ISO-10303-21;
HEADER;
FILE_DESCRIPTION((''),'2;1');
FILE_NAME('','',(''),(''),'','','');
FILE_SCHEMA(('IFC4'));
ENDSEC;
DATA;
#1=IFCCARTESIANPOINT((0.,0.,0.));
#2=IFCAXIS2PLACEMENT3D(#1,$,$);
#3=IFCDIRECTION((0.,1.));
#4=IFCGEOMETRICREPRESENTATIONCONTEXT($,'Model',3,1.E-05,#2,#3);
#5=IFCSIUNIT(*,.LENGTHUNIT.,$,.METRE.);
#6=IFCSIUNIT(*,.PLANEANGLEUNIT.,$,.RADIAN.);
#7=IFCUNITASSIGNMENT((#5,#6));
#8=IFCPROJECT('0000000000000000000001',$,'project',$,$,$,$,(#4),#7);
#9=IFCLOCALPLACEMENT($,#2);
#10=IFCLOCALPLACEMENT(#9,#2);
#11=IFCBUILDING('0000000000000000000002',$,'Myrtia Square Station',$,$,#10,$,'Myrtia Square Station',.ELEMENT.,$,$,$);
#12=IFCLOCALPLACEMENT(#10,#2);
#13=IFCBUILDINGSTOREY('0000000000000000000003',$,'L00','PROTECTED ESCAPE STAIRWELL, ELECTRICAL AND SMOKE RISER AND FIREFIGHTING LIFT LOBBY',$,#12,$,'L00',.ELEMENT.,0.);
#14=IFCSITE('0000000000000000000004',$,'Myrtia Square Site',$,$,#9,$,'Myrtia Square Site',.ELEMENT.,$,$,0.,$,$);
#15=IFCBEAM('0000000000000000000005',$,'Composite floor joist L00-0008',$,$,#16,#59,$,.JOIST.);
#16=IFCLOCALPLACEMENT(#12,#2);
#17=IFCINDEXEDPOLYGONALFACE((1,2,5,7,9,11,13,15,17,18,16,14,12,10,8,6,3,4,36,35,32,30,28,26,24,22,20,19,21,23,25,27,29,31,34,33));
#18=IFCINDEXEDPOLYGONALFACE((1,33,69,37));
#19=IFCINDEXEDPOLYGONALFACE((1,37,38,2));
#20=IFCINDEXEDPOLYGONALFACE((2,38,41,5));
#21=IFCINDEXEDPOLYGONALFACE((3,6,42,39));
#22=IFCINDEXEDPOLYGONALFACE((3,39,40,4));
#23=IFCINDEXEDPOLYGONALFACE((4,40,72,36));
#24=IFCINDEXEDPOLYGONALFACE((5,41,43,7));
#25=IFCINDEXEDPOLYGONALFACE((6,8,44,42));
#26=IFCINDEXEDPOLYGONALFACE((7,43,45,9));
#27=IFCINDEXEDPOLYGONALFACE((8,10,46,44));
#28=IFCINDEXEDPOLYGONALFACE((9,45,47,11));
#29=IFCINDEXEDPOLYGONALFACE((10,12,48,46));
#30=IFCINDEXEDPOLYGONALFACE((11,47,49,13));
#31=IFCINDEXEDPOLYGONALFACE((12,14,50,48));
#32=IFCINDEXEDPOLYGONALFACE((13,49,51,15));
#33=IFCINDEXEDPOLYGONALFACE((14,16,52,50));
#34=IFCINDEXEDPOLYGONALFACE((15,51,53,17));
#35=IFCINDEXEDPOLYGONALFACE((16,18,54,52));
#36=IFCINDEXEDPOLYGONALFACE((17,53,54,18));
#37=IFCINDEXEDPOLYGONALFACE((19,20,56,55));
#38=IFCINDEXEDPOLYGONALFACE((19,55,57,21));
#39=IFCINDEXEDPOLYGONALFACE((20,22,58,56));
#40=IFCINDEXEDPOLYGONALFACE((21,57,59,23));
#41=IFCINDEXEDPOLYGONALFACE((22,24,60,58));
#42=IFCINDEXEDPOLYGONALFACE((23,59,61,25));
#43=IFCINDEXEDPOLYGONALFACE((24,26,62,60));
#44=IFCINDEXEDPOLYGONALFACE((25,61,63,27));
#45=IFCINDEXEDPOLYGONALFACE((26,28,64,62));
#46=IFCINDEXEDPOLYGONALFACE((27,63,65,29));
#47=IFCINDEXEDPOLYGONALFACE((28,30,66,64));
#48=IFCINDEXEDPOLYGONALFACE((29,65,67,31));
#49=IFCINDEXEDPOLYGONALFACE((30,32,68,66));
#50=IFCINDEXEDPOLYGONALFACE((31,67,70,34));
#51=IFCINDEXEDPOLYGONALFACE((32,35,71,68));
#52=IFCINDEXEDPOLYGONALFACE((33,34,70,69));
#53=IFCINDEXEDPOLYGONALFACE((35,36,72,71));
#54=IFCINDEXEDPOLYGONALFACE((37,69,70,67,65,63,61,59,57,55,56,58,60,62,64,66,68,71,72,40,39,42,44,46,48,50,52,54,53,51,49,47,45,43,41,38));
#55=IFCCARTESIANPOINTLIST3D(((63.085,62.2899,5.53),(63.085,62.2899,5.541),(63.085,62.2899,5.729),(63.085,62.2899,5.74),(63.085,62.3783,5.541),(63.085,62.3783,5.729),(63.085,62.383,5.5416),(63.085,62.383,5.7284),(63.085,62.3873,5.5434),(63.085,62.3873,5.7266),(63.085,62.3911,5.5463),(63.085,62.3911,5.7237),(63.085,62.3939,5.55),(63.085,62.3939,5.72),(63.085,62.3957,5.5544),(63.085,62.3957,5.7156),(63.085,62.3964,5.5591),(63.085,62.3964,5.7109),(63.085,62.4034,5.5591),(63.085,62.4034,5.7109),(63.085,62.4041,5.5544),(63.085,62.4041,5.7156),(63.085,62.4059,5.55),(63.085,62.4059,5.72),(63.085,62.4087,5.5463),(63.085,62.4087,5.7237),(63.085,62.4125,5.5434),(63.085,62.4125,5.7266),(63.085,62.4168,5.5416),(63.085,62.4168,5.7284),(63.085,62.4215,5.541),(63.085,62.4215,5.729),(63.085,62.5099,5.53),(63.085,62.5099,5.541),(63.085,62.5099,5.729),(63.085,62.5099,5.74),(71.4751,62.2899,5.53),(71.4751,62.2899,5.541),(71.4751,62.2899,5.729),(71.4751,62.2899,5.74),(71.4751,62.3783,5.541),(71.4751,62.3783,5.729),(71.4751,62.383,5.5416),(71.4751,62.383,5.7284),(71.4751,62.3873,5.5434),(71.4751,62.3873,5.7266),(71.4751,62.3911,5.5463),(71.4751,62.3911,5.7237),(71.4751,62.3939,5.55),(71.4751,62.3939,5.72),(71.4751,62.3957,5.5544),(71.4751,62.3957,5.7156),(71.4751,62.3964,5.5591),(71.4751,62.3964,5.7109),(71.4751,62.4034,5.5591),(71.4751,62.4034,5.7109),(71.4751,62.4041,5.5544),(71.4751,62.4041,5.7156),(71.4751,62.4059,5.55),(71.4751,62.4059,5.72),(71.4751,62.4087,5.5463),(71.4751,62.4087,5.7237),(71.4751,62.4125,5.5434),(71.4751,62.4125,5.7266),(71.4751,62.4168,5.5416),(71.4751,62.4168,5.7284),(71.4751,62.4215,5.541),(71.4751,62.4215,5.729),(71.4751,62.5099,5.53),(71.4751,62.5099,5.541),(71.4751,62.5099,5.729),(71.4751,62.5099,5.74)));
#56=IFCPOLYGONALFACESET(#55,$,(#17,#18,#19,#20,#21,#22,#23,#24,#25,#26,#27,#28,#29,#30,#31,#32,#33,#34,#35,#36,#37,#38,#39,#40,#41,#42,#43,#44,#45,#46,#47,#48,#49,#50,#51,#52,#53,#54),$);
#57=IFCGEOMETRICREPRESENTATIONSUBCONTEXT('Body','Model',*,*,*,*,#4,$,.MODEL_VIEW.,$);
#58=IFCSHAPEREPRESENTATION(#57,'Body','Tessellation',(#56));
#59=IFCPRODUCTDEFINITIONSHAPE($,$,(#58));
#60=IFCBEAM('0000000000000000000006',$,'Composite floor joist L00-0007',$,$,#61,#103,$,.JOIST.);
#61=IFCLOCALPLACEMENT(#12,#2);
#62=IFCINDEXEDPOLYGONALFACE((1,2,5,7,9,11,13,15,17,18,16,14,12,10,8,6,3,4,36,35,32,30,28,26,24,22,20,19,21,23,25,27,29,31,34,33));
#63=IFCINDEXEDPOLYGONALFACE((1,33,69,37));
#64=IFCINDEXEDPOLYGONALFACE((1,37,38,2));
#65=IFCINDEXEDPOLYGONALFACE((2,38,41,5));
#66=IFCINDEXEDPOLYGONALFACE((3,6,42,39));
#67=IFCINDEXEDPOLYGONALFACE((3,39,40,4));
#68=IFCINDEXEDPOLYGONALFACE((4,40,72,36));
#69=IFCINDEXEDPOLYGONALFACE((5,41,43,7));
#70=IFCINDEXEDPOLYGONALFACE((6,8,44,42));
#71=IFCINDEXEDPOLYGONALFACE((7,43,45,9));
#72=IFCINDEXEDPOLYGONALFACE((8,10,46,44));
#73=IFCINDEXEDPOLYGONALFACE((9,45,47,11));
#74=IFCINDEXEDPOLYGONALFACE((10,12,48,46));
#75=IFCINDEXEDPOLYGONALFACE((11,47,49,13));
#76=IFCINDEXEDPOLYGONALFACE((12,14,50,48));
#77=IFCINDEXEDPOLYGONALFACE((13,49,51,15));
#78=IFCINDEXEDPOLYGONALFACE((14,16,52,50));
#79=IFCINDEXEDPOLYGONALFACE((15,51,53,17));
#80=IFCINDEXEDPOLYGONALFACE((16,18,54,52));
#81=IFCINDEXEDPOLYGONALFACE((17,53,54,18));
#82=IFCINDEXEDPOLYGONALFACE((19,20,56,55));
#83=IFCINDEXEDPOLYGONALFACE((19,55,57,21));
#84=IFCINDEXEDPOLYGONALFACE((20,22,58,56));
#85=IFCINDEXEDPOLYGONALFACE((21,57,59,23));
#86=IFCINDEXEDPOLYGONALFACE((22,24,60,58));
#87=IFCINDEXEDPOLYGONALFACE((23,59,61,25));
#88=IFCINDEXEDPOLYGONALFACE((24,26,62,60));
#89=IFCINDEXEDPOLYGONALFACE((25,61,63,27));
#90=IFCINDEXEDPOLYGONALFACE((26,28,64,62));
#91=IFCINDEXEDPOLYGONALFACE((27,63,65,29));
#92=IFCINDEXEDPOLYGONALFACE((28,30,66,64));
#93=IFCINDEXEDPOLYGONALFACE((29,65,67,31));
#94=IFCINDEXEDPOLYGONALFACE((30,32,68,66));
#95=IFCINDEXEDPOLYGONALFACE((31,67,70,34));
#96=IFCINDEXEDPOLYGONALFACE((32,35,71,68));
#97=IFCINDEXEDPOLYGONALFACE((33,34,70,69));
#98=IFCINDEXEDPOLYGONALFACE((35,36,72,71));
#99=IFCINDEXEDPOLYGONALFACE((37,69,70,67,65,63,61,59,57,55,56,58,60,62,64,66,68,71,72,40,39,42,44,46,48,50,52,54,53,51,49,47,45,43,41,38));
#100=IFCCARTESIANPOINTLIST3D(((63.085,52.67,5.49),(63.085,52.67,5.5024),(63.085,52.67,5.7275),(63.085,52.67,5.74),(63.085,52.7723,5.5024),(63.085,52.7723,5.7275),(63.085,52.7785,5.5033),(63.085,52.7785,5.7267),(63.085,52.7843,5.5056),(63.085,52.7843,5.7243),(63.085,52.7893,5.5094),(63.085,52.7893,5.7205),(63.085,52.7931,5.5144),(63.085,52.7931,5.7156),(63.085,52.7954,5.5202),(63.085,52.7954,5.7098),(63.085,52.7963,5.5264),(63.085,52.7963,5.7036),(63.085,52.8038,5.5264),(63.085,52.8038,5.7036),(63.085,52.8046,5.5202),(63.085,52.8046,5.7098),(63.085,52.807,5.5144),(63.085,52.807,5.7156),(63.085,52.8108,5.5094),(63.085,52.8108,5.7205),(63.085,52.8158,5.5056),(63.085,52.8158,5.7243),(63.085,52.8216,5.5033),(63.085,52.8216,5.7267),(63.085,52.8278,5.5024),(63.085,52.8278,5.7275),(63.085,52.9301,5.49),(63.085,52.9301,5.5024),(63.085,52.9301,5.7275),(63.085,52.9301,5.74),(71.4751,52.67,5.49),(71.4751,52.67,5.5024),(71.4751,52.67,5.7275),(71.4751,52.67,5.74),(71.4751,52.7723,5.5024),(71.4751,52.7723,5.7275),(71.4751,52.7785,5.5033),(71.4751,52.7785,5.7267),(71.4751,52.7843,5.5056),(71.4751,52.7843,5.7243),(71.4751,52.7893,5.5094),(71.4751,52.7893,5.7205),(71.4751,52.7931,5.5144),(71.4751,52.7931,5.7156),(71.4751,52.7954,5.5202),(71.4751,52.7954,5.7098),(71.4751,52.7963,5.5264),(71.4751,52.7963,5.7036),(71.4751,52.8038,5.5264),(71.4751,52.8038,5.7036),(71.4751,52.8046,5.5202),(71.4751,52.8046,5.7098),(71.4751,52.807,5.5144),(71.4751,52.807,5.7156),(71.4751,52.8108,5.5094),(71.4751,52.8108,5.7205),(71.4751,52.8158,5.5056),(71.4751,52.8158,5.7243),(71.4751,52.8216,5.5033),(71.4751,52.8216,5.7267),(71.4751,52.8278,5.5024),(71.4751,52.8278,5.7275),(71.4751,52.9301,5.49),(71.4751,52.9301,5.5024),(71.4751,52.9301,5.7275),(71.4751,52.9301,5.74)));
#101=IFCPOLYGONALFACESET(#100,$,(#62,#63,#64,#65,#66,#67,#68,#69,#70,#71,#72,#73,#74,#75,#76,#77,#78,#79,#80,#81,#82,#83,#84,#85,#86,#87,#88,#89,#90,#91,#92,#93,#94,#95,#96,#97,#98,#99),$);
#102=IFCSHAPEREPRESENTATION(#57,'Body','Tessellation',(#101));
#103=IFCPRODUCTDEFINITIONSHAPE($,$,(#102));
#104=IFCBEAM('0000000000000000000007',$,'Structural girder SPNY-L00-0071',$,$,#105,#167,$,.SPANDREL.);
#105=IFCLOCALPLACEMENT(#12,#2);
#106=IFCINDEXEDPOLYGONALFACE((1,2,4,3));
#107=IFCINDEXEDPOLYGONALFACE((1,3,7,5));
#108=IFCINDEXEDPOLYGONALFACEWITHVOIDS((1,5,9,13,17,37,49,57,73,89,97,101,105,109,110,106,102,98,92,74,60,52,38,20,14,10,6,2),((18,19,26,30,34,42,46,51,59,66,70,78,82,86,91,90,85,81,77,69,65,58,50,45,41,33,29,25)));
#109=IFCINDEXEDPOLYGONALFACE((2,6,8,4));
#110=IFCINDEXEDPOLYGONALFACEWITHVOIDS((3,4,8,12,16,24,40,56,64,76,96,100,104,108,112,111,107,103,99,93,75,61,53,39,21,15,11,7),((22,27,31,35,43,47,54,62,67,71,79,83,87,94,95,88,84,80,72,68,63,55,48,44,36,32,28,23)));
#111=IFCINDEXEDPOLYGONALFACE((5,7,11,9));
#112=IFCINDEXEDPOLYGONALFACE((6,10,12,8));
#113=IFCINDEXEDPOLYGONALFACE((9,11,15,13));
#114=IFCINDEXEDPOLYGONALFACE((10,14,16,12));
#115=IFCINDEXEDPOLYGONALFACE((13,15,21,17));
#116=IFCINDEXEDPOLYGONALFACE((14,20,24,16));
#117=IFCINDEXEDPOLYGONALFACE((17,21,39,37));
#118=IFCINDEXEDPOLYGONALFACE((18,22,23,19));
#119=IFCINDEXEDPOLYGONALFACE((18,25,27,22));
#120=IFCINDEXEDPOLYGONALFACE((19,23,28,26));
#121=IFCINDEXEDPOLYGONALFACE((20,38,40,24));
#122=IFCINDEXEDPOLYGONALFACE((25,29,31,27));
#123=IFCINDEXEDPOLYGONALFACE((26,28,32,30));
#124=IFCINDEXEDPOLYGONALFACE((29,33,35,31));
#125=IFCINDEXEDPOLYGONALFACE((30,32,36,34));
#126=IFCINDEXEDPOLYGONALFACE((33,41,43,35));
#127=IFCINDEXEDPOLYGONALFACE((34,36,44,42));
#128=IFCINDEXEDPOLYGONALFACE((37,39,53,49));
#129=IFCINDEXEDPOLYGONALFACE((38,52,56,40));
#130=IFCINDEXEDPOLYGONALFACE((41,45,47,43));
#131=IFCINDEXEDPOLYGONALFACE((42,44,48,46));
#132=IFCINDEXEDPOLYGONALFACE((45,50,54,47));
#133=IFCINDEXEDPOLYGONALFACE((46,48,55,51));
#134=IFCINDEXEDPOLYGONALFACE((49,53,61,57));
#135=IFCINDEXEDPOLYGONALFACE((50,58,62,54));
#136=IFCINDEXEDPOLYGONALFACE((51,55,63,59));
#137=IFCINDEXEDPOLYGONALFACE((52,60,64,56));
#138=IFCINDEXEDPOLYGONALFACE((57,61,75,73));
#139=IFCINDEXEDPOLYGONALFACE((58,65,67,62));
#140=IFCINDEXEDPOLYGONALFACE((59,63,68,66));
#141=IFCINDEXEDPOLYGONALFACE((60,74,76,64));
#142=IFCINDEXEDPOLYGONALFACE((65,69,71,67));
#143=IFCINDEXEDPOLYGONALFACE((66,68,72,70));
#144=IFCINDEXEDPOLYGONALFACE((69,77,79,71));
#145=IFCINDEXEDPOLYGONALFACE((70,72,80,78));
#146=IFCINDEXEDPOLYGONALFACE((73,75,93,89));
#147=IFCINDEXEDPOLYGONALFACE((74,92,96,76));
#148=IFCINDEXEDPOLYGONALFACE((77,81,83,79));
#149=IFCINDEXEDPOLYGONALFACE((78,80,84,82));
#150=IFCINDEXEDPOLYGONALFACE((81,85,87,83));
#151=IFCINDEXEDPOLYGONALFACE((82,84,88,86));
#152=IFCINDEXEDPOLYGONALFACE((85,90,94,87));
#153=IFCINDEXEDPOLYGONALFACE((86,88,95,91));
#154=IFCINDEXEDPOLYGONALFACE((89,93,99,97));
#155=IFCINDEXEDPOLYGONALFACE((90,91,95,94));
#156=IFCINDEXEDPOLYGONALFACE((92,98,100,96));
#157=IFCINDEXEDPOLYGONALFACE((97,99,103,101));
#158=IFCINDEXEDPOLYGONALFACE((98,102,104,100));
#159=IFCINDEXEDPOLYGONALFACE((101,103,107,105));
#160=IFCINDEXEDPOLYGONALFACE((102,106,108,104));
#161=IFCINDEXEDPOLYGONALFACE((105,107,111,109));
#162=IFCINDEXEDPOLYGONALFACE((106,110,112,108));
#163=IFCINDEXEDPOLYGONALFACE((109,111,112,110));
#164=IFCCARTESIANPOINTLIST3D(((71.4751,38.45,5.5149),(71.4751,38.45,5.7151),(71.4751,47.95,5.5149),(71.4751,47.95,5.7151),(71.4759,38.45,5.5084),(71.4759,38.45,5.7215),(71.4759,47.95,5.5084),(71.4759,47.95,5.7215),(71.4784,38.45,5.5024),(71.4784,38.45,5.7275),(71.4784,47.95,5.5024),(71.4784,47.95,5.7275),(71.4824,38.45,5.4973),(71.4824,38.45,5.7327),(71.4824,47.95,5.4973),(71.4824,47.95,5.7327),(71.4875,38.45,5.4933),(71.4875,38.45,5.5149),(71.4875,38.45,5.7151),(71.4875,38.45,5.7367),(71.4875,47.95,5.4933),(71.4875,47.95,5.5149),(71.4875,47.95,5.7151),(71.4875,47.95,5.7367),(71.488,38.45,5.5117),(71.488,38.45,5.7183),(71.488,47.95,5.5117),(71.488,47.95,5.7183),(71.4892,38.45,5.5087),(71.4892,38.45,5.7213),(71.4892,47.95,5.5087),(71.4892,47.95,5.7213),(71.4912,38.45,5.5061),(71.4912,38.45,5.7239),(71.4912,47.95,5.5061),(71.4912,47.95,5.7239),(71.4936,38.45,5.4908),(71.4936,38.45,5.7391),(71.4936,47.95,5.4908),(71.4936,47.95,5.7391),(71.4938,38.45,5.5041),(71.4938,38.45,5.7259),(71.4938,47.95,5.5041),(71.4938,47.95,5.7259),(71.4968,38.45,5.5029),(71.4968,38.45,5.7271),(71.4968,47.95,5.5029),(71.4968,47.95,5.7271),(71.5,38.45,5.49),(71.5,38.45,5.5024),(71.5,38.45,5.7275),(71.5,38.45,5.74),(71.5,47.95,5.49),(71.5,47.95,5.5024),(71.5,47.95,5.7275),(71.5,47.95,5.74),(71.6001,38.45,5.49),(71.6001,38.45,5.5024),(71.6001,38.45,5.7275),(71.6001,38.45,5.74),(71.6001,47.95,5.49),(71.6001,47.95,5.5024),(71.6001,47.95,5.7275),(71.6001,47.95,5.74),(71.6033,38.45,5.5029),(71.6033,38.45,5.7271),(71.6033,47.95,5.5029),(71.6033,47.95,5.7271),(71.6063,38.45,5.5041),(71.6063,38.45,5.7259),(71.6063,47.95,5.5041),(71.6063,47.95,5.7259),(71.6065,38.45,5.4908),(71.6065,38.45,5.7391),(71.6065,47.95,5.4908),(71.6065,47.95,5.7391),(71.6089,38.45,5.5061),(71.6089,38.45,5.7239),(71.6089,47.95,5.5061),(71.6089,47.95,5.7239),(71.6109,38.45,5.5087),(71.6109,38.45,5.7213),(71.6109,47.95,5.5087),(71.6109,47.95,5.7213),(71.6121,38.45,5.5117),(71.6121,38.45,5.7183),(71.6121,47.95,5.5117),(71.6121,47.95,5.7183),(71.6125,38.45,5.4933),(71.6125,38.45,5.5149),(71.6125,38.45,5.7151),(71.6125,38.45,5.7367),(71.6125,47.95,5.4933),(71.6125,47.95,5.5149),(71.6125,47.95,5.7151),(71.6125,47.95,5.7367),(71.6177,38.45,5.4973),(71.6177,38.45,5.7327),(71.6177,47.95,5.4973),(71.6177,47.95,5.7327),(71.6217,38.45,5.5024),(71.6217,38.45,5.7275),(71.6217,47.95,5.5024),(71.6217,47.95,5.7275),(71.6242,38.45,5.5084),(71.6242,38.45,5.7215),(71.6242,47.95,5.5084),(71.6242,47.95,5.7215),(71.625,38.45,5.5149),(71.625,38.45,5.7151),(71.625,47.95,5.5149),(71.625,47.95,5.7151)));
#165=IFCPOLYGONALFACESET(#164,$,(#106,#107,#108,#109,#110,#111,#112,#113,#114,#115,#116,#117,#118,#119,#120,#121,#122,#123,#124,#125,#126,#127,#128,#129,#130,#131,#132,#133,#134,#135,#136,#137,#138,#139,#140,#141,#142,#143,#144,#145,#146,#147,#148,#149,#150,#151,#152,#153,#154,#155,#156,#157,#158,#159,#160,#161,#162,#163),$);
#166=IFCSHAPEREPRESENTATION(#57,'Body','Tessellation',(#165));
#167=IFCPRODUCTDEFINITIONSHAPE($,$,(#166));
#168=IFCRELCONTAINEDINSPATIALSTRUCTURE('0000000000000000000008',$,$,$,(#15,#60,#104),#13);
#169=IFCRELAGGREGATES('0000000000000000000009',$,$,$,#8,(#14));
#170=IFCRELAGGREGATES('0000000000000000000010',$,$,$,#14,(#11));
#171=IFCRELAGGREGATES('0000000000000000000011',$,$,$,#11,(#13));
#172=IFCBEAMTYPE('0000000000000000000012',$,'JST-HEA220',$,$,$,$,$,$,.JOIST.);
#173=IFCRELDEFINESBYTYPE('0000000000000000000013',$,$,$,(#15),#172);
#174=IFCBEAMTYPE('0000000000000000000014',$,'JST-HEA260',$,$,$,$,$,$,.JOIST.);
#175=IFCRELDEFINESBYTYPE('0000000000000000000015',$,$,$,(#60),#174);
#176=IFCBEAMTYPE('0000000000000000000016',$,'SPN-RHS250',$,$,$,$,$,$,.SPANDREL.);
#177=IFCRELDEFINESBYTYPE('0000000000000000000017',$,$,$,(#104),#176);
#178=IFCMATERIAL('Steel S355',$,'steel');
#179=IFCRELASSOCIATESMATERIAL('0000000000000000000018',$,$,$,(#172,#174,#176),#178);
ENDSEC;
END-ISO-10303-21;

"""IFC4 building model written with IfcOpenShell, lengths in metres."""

from ifc_helpers import new_model, si_unit, direction, frame, origin, origin_2d, place, context, subcontext, project, spatial, hollow_rectangle, i_section, extrude, material, material_profile, profile_set, type_object, element, save


model = new_model("IFC4")

# Units and contexts
model_context = context("Model", 3, precision=1e-05, world=origin(), true_north=direction((0.0, 1.0)))
body_context = subcontext(model_context, "Body", "Model", "MODEL_VIEW")
ifc_project = project(units=[si_unit("LENGTHUNIT", "METRE"), si_unit("PLANEANGLEUNIT", "RADIAN")], contexts=[model_context])

# Site, building, storey
site_placement = place(None, origin())
site = spatial("IfcSite", under=ifc_project, at=site_placement, Name="Myrtia Square Site", LongName="Myrtia Square Site", CompositionType="ELEMENT", RefElevation=0.0)
building_placement = place(site_placement, origin())
building = spatial("IfcBuilding", under=site, at=building_placement, Name="Myrtia Square Station", LongName="Myrtia Square Station", CompositionType="ELEMENT")
storey_placement = place(building_placement, origin())
storey = spatial("IfcBuildingStorey", under=building, at=storey_placement, Name="L00", Description="PROTECTED ESCAPE STAIRWELL, ELECTRICAL AND SMOKE RISER AND FIREFIGHTING LIFT LOBBY", LongName="L00", CompositionType="ELEMENT", Elevation=0.0)

# Shared definitions
ifc_material_1 = material(Name="Steel S355", Category="steel")

# Beams
ifc_material_profile_1 = material_profile(ifc_material_1, i_section(OverallWidth=0.22, OverallDepth=0.21, WebThickness=0.0071, FlangeThickness=0.011, FilletRadius=0.0181, at=origin_2d()), Name="HEA 220")
ifc_profile_set_1 = profile_set([ifc_material_profile_1], Name="Steel S355")
beam_type_1 = type_object("IfcBeamType", Name="JST-HEA220", PredefinedType="JOIST", material=ifc_profile_set_1)
beam_1_placement = place(storey_placement, frame((63.085, 62.3999, 5.635), z_axis=(1.0, 0.0, 0.0), x_axis=(0.0, 1.0, 0.0)))
element("IfcBeam", 1, at=beam_1_placement, inside=storey, type_object=beam_type_1, Name="Composite floor joist L00-0008", PredefinedType="JOIST", context=body_context, shape_type="SweptSolid", body=[
    extrude(i_section(OverallWidth=0.22, OverallDepth=0.21, WebThickness=0.0071, FlangeThickness=0.011, FilletRadius=0.0181, at=origin_2d()), origin(), (0.0, 0.0, 1.0), 8.3901),
])
ifc_material_profile_2 = material_profile(ifc_material_1, i_section(OverallWidth=0.26, OverallDepth=0.25, WebThickness=0.0076, FlangeThickness=0.0125, FilletRadius=0.0239, at=origin_2d()), Name="HEA 260")
ifc_profile_set_2 = profile_set([ifc_material_profile_2], Name="Steel S355")
beam_type_2 = type_object("IfcBeamType", Name="JST-HEA260", PredefinedType="JOIST", material=ifc_profile_set_2)
beam_2_placement = place(storey_placement, frame((63.085, 52.8, 5.615), z_axis=(1.0, 0.0, 0.0), x_axis=(0.0, 1.0, 0.0)))
element("IfcBeam", 2, at=beam_2_placement, inside=storey, type_object=beam_type_2, Name="Composite floor joist L00-0007", PredefinedType="JOIST", context=body_context, shape_type="SweptSolid", body=[
    extrude(i_section(OverallWidth=0.26, OverallDepth=0.25, WebThickness=0.0076, FlangeThickness=0.0125, FilletRadius=0.0239, at=origin_2d()), origin(), (0.0, 0.0, 1.0), 8.3901),
])
ifc_material_profile_3 = material_profile(ifc_material_1, hollow_rectangle(XDim=0.1499, YDim=0.25, WallThickness=0.0125, InnerFilletRadius=0.0125, OuterFilletRadius=0.0249, at=origin_2d()), Name="RHS 250x150x12.5")
ifc_profile_set_3 = profile_set([ifc_material_profile_3], Name="Steel S355")
beam_type_3 = type_object("IfcBeamType", Name="SPN-RHS250", PredefinedType="SPANDREL", material=ifc_profile_set_3)
for number, where, z_axis, x_axis, name in (
    (3, (71.55, 38.45, 5.615), (0.0, 1.0, 0.0), (-1.0, 0.0, 0.0), "Structural girder SPNY-L00-0071"),
):
    element("IfcBeam", number, at=place(storey_placement, frame(where, z_axis=z_axis, x_axis=x_axis)), inside=storey, type_object=beam_type_3, Name=name, PredefinedType="SPANDREL", context=body_context, shape_type="SweptSolid", body=[
        extrude(hollow_rectangle(XDim=0.1499, YDim=0.25, WallThickness=0.0125, InnerFilletRadius=0.0125, OuterFilletRadius=0.0249, at=origin_2d()), origin(), (0.0, 0.0, 1.0), 9.5),
    ])

save(model, "model.ifc")
